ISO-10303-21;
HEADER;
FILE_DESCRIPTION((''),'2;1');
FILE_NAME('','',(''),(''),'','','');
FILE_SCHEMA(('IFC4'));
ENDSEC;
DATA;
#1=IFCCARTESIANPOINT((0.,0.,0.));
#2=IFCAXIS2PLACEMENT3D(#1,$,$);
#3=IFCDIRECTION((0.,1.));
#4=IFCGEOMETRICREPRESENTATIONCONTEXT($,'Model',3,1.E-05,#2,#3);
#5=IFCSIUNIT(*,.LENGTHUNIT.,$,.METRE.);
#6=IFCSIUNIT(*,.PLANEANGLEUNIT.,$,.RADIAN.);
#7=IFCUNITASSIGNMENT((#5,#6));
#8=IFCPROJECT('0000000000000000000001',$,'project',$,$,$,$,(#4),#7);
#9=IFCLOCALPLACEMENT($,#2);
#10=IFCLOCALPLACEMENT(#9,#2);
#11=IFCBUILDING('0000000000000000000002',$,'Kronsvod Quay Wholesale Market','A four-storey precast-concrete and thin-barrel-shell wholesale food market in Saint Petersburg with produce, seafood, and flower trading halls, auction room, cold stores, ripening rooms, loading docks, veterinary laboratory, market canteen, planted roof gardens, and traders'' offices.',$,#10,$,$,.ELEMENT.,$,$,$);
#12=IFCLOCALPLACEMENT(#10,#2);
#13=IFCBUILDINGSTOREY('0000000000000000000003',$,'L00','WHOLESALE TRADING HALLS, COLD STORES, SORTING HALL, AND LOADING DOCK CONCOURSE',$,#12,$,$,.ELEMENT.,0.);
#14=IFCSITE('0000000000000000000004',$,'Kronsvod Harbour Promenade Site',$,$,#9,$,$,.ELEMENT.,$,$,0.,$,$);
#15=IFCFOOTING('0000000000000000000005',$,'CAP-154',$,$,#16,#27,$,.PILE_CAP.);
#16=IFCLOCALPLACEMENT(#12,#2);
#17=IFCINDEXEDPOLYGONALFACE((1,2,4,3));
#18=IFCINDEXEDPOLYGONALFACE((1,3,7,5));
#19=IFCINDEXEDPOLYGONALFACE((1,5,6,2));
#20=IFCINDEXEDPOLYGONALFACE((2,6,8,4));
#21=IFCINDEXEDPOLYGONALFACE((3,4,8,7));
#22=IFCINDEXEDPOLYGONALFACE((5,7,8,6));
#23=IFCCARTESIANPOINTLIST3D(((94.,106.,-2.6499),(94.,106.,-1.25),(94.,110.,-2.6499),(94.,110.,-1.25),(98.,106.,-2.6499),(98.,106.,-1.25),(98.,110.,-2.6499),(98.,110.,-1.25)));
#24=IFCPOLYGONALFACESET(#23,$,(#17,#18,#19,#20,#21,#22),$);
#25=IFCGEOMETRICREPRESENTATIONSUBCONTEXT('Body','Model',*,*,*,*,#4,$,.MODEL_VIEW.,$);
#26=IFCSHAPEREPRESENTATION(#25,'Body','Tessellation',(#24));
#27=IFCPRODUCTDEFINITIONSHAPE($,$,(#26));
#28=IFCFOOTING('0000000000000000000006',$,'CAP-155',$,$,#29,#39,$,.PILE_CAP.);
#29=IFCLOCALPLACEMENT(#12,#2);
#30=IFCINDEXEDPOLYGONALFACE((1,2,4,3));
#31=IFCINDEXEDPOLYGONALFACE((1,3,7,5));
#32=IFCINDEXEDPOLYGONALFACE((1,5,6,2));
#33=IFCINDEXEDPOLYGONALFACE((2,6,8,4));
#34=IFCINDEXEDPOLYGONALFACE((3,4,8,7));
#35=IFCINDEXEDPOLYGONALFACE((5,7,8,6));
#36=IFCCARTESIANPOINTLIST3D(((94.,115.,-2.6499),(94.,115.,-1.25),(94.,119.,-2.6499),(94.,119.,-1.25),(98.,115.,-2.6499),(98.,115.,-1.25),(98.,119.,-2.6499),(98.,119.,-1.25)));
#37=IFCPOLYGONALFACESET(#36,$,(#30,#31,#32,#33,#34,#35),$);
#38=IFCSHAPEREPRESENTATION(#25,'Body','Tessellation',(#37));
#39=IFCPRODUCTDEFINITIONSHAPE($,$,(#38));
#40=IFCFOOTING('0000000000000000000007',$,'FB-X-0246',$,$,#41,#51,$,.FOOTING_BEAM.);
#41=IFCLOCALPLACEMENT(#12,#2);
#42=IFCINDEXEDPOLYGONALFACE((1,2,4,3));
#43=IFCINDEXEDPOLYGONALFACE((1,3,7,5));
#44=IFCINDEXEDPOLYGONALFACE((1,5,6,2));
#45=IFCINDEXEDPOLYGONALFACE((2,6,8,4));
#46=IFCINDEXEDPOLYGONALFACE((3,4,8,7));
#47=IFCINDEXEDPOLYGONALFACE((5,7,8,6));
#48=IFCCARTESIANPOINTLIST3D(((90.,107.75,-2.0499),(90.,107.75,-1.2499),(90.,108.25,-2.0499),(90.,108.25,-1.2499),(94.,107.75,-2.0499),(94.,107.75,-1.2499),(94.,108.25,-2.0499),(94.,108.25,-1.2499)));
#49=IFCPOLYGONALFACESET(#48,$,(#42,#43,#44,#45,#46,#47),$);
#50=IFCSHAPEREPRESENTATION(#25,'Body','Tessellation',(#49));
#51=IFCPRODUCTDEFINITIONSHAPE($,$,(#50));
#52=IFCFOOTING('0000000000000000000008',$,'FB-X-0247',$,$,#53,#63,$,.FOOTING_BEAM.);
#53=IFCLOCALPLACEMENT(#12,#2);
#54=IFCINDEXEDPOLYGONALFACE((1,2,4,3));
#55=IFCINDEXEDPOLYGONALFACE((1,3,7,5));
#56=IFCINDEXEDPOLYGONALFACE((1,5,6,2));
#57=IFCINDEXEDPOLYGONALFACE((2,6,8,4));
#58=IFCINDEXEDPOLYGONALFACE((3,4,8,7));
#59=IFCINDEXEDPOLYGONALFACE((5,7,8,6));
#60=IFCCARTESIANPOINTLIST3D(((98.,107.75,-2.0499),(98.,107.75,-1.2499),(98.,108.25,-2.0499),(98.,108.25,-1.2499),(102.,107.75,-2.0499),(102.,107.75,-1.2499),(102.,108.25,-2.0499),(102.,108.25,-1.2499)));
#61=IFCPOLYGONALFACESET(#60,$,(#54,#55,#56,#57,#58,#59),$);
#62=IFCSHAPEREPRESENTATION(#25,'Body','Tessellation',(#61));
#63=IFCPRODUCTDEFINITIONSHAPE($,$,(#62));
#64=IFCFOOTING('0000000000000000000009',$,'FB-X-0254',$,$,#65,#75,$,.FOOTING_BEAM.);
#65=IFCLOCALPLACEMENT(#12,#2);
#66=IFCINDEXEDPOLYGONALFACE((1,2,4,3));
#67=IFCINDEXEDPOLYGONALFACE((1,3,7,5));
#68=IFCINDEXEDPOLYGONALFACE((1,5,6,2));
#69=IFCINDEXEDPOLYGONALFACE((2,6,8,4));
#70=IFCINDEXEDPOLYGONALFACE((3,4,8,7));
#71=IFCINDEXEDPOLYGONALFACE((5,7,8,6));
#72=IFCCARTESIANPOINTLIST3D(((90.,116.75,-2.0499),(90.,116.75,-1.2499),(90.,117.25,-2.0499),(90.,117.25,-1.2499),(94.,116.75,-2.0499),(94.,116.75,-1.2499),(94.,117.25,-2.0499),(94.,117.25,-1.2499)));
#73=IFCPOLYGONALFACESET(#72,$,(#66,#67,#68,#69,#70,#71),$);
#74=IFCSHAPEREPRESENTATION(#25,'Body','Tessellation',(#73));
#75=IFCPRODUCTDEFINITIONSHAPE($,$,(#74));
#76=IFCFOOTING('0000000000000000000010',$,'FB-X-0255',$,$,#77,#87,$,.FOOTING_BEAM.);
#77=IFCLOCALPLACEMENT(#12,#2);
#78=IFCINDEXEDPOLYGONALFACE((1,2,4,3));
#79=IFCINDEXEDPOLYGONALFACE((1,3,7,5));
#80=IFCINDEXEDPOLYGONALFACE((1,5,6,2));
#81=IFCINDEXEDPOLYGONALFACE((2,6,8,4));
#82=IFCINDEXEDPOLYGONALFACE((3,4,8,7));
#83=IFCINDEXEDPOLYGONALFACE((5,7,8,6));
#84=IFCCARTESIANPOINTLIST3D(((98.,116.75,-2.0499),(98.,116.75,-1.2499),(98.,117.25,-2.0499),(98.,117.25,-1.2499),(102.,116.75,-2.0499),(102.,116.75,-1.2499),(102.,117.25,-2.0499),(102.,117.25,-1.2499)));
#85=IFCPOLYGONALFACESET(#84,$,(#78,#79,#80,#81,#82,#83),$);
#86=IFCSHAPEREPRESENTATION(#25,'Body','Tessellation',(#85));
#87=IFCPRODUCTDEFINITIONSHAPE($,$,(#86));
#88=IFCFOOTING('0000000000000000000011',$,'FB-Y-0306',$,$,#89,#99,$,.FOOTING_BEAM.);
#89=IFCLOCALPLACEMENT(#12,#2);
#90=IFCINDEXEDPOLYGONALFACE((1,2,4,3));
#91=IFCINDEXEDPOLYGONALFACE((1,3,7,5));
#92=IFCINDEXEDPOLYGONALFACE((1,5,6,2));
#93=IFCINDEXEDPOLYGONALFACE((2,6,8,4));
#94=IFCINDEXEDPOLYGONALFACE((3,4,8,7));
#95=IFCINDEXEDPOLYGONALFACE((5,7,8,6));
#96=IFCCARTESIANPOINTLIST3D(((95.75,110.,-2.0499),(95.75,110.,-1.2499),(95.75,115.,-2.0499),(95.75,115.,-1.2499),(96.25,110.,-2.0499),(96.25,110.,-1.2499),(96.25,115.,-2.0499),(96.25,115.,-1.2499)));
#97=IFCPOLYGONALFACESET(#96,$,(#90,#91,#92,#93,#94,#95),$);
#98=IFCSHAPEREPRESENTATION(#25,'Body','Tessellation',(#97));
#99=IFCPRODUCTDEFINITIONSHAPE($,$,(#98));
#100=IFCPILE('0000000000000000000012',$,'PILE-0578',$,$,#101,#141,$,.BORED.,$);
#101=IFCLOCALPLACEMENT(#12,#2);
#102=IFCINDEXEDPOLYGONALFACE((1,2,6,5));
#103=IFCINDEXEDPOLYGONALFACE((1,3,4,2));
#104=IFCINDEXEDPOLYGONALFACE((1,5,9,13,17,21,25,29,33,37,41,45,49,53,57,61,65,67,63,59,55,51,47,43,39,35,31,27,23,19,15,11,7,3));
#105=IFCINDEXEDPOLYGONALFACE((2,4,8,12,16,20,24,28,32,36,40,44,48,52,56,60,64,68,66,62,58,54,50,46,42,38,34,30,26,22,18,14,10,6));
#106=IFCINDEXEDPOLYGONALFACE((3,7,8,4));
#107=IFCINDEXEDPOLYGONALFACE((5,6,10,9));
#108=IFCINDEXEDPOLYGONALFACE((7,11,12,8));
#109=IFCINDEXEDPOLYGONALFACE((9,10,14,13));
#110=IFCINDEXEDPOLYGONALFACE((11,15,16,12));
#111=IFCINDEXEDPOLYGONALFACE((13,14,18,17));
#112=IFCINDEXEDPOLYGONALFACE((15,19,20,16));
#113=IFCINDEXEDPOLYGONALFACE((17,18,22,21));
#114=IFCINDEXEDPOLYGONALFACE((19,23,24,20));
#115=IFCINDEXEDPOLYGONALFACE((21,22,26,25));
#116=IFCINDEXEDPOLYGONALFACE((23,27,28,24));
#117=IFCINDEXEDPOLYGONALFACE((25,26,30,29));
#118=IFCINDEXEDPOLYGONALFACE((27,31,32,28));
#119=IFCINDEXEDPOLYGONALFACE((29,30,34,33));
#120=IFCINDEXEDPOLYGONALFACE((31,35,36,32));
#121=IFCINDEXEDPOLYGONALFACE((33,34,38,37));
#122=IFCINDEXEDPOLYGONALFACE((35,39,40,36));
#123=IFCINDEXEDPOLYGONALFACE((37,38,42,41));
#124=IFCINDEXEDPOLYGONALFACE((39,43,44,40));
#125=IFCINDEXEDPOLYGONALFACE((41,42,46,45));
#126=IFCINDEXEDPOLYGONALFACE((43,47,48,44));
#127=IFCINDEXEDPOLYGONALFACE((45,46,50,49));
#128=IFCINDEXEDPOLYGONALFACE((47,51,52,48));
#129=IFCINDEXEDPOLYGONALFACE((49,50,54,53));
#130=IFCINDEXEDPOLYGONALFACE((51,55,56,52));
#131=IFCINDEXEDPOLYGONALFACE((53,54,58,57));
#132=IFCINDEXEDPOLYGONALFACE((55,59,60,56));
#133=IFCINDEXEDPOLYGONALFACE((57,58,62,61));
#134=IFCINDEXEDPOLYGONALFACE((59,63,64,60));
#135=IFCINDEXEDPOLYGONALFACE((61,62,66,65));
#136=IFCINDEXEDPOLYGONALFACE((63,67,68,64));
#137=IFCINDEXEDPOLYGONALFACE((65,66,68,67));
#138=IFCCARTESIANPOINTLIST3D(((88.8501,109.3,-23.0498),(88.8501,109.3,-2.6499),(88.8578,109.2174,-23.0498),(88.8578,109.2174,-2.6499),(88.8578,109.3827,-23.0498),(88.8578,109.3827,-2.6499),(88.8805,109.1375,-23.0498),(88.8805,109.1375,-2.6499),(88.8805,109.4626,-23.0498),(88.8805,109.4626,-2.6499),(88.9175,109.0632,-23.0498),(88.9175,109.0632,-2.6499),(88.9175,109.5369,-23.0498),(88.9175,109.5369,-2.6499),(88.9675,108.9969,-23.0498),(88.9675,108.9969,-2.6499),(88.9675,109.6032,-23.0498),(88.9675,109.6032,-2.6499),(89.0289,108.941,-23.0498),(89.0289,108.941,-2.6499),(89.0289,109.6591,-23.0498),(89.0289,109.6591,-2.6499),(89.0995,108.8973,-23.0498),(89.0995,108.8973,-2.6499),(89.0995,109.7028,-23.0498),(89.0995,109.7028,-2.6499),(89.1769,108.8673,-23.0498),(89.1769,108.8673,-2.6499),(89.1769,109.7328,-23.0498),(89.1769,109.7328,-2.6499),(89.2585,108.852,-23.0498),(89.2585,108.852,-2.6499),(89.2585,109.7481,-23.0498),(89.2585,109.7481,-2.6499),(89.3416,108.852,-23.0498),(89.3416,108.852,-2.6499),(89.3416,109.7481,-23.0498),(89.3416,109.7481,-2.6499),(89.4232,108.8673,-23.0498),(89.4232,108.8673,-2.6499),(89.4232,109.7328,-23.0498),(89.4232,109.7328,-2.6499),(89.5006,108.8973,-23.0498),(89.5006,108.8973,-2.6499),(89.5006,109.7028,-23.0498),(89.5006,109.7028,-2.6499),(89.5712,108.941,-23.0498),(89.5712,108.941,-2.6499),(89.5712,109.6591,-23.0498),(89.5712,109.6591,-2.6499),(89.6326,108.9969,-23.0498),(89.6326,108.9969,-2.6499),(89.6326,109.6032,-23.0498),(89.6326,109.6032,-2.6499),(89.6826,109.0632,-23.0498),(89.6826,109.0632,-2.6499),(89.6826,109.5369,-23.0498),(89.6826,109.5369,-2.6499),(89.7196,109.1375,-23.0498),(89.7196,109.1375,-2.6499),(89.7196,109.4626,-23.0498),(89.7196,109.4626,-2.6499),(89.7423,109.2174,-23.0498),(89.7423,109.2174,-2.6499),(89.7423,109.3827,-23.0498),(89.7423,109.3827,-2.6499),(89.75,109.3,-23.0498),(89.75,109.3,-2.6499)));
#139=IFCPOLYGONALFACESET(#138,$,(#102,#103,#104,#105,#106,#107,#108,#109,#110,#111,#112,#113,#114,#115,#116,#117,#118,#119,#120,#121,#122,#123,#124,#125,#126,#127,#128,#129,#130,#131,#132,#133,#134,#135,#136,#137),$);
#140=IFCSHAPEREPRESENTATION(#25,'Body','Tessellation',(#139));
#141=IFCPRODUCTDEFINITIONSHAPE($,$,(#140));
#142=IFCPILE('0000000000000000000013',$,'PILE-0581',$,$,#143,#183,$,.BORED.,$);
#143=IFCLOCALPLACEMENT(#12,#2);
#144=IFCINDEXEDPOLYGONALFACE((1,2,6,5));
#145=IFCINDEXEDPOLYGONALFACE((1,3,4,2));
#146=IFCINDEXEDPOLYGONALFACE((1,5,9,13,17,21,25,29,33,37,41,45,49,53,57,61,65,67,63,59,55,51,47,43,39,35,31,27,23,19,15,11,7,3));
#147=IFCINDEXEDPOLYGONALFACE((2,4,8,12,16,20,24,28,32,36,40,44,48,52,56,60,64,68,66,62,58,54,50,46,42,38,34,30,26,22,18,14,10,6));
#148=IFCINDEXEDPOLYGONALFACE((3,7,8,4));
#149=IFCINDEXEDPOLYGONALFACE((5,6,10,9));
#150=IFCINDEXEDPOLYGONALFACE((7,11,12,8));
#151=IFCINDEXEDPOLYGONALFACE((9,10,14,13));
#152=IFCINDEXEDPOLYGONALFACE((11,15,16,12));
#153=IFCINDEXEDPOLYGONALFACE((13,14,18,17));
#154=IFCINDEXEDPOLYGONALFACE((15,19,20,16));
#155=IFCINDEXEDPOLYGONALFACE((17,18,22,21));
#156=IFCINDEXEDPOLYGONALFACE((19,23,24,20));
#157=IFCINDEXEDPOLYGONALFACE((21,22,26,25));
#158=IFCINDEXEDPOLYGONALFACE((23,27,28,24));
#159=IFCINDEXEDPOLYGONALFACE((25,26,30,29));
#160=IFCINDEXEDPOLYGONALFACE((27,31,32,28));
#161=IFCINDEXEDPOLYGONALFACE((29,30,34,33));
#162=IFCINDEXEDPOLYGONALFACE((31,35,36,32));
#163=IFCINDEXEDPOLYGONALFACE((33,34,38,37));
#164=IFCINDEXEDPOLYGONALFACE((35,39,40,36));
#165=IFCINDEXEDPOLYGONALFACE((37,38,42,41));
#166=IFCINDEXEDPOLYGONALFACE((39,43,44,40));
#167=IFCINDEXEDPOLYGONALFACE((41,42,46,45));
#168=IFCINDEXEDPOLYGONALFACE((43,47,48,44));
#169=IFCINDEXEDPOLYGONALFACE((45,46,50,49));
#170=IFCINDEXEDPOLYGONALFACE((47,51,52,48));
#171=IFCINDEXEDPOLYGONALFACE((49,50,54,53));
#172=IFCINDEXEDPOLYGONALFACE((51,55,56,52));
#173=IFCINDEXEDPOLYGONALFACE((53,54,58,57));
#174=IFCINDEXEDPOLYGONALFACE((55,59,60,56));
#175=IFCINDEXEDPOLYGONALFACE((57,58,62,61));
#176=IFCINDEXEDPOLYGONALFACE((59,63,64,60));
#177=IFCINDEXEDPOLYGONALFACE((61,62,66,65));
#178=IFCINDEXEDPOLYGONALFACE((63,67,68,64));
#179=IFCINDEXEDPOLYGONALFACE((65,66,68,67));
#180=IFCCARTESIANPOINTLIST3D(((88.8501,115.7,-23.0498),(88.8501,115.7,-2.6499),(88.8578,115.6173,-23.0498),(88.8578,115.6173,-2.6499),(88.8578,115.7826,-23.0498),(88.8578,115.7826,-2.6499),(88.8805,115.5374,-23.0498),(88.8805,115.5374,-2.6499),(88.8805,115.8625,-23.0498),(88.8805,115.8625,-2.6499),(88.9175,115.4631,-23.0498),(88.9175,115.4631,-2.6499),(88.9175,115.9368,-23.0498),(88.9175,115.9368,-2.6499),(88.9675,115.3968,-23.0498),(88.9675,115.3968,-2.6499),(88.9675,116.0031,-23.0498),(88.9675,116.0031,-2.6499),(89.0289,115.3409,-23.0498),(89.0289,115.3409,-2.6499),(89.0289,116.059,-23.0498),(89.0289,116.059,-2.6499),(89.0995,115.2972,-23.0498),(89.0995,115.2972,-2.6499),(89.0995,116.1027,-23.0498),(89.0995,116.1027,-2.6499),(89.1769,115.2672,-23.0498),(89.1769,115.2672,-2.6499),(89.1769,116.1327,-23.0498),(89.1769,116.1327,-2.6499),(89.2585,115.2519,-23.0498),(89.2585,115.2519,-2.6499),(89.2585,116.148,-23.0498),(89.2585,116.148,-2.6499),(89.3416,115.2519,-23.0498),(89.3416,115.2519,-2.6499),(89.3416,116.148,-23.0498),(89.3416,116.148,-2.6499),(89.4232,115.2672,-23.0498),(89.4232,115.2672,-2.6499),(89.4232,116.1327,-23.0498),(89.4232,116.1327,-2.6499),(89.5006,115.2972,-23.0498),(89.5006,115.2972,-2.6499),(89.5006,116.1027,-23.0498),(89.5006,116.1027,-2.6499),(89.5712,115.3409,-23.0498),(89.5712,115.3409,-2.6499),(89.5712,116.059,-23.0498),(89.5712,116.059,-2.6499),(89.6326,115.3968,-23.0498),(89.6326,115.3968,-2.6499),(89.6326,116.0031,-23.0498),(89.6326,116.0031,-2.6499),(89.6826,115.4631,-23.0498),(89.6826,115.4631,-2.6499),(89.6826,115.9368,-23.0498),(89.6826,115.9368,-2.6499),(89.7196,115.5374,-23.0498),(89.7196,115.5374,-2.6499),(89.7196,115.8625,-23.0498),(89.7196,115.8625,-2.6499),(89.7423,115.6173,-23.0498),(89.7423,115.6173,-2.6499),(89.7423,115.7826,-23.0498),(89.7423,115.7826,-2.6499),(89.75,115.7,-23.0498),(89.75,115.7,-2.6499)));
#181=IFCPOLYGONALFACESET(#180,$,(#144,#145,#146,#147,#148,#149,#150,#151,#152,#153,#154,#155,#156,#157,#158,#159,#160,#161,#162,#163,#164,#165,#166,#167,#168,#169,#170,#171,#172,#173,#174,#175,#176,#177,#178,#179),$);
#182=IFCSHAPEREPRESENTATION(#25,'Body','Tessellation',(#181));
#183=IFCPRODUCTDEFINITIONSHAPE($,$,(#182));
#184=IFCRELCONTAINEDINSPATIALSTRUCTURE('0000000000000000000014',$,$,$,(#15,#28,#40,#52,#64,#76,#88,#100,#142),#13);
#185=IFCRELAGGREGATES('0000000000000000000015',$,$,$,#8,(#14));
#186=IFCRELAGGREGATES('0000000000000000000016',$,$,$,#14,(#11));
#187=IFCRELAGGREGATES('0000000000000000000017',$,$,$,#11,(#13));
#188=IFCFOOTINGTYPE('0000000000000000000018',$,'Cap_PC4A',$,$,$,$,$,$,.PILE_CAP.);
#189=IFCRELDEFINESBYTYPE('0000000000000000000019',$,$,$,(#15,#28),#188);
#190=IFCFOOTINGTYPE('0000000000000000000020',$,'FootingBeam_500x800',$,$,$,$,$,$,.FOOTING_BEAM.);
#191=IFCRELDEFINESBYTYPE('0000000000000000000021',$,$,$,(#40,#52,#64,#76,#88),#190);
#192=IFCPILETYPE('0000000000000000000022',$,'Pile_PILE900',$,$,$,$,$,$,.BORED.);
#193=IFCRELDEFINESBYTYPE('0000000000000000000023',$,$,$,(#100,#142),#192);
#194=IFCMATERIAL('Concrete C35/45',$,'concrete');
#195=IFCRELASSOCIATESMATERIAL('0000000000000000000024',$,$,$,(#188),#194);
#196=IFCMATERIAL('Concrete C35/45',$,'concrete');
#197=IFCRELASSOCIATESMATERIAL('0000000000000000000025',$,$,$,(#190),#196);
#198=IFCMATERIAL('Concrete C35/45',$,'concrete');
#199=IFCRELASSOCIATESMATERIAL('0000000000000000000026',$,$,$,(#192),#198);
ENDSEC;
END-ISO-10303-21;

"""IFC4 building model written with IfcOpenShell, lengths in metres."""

from ifc_helpers import new_model, si_unit, direction, frame, origin, origin_2d, place, context, subcontext, project, spatial, rectangle, circle, extrude, material, material_profile, profile_set, type_object, element, save


model = new_model("IFC4")

# Units and contexts
model_context = context("Model", 3, precision=1e-05, world=origin(), true_north=direction((0.0, 1.0)))
body_context = subcontext(model_context, "Body", "Model", "MODEL_VIEW")
ifc_project = project(units=[si_unit("LENGTHUNIT", "METRE"), si_unit("PLANEANGLEUNIT", "RADIAN")], contexts=[model_context])

# Site, building, storey
site_placement = place(None, origin())
site = spatial("IfcSite", under=ifc_project, at=site_placement, Name="Kronsvod Harbour Promenade Site", CompositionType="ELEMENT", RefElevation=0.0)
building_placement = place(site_placement, origin())
building = spatial("IfcBuilding", under=site, at=building_placement, Name="Kronsvod Quay Wholesale Market", Description="A four-storey precast-concrete and thin-barrel-shell wholesale food market in Saint Petersburg with produce, seafood, and flower trading halls, auction room, cold stores, ripening rooms, loading docks, veterinary laboratory, market canteen, planted roof gardens, and traders' offices.", CompositionType="ELEMENT")
storey_placement = place(building_placement, origin())
storey = spatial("IfcBuildingStorey", under=building, at=storey_placement, Name="L00", Description="WHOLESALE TRADING HALLS, COLD STORES, SORTING HALL, AND LOADING DOCK CONCOURSE", CompositionType="ELEMENT", Elevation=0.0)

# Footings
ifc_material_1 = material(Name="Concrete C35/45", Category="concrete")
footing_type_1 = type_object("IfcFootingType", Name="Cap_PC4A", PredefinedType="PILE_CAP", material=ifc_material_1)
for number, where, z_axis, x_axis, name in (
    (1, (96.0, 108.0, -2.6499), (0.0, 0.0, 1.0), (1.0, 0.0, 0.0), "CAP-154"),
    (2, (96.0, 117.0, -2.6499), (0.0, 0.0, 1.0), (1.0, 0.0, 0.0), "CAP-155"),
):
    element("IfcFooting", number, at=place(storey_placement, frame(where, z_axis=z_axis, x_axis=x_axis)), inside=storey, type_object=footing_type_1, Name=name, PredefinedType="PILE_CAP", context=body_context, shape_type="SweptSolid", body=[
        extrude(rectangle(XDim=4.0, YDim=4.0, at=origin_2d()), origin(), (0.0, 0.0, 1.0), 1.3999),
    ])
ifc_material_2 = material(Name="Concrete C35/45", Category="concrete")
ifc_material_profile_1 = material_profile(ifc_material_2, rectangle(XDim=0.5, YDim=0.8, at=origin_2d()), Name="FB-01")
ifc_profile_set_1 = profile_set([ifc_material_profile_1], Name="Concrete C35/45")
footing_type_2 = type_object("IfcFootingType", Name="FootingBeam_500x800", PredefinedType="FOOTING_BEAM", material=ifc_profile_set_1)
for number, where, z_axis, x_axis, name in (
    (3, (90.0, 108.0, -1.6499), (1.0, 0.0, 0.0), (0.0, 1.0, 0.0), "FB-X-0246"),
    (4, (98.0, 108.0, -1.6499), (1.0, 0.0, 0.0), (0.0, 1.0, 0.0), "FB-X-0247"),
    (5, (90.0, 117.0, -1.6499), (1.0, 0.0, 0.0), (0.0, 1.0, 0.0), "FB-X-0254"),
    (6, (98.0, 117.0, -1.6499), (1.0, 0.0, 0.0), (0.0, 1.0, 0.0), "FB-X-0255"),
):
    element("IfcFooting", number, at=place(storey_placement, frame(where, z_axis=z_axis, x_axis=x_axis)), inside=storey, type_object=footing_type_2, Name=name, PredefinedType="FOOTING_BEAM", context=body_context, shape_type="SweptSolid", body=[
        extrude(rectangle(XDim=0.5, YDim=0.8, at=origin_2d()), origin(), (0.0, 0.0, 1.0), 4.0),
    ])
footing_placement = place(storey_placement, frame((96.0, 110.0, -1.6499), z_axis=(0.0, 1.0, 0.0), x_axis=(-1.0, 0.0, 0.0)))
element("IfcFooting", 7, at=footing_placement, inside=storey, type_object=footing_type_2, Name="FB-Y-0306", PredefinedType="FOOTING_BEAM", context=body_context, shape_type="SweptSolid", body=[
    extrude(rectangle(XDim=0.5, YDim=0.8, at=origin_2d()), origin(), (0.0, 0.0, 1.0), 5.0),
])

# Piles
ifc_material_3 = material(Name="Concrete C35/45", Category="concrete")
ifc_material_profile_2 = material_profile(ifc_material_3, circle(Radius=0.45, at=origin_2d()), Name="PILE900")
ifc_profile_set_2 = profile_set([ifc_material_profile_2], Name="Concrete C35/45")
pile_type = type_object("IfcPileType", Name="Pile_PILE900", PredefinedType="BORED", material=ifc_profile_set_2)
for number, where, z_axis, x_axis, name in (
    (8, (89.3, 109.3, -2.6499), (0.0, 0.0, -1.0), (1.0, 0.0, 0.0), "PILE-0578"),
    (9, (89.3, 115.7, -2.6499), (0.0, 0.0, -1.0), (1.0, 0.0, 0.0), "PILE-0581"),
):
    element("IfcPile", number, at=place(storey_placement, frame(where, z_axis=z_axis, x_axis=x_axis)), inside=storey, type_object=pile_type, Name=name, PredefinedType="BORED", context=body_context, shape_type="SweptSolid", body=[
        extrude(circle(Radius=0.45, at=origin_2d()), origin(), (0.0, 0.0, 1.0), 20.3999),
    ])

save(model, "model.ifc")
